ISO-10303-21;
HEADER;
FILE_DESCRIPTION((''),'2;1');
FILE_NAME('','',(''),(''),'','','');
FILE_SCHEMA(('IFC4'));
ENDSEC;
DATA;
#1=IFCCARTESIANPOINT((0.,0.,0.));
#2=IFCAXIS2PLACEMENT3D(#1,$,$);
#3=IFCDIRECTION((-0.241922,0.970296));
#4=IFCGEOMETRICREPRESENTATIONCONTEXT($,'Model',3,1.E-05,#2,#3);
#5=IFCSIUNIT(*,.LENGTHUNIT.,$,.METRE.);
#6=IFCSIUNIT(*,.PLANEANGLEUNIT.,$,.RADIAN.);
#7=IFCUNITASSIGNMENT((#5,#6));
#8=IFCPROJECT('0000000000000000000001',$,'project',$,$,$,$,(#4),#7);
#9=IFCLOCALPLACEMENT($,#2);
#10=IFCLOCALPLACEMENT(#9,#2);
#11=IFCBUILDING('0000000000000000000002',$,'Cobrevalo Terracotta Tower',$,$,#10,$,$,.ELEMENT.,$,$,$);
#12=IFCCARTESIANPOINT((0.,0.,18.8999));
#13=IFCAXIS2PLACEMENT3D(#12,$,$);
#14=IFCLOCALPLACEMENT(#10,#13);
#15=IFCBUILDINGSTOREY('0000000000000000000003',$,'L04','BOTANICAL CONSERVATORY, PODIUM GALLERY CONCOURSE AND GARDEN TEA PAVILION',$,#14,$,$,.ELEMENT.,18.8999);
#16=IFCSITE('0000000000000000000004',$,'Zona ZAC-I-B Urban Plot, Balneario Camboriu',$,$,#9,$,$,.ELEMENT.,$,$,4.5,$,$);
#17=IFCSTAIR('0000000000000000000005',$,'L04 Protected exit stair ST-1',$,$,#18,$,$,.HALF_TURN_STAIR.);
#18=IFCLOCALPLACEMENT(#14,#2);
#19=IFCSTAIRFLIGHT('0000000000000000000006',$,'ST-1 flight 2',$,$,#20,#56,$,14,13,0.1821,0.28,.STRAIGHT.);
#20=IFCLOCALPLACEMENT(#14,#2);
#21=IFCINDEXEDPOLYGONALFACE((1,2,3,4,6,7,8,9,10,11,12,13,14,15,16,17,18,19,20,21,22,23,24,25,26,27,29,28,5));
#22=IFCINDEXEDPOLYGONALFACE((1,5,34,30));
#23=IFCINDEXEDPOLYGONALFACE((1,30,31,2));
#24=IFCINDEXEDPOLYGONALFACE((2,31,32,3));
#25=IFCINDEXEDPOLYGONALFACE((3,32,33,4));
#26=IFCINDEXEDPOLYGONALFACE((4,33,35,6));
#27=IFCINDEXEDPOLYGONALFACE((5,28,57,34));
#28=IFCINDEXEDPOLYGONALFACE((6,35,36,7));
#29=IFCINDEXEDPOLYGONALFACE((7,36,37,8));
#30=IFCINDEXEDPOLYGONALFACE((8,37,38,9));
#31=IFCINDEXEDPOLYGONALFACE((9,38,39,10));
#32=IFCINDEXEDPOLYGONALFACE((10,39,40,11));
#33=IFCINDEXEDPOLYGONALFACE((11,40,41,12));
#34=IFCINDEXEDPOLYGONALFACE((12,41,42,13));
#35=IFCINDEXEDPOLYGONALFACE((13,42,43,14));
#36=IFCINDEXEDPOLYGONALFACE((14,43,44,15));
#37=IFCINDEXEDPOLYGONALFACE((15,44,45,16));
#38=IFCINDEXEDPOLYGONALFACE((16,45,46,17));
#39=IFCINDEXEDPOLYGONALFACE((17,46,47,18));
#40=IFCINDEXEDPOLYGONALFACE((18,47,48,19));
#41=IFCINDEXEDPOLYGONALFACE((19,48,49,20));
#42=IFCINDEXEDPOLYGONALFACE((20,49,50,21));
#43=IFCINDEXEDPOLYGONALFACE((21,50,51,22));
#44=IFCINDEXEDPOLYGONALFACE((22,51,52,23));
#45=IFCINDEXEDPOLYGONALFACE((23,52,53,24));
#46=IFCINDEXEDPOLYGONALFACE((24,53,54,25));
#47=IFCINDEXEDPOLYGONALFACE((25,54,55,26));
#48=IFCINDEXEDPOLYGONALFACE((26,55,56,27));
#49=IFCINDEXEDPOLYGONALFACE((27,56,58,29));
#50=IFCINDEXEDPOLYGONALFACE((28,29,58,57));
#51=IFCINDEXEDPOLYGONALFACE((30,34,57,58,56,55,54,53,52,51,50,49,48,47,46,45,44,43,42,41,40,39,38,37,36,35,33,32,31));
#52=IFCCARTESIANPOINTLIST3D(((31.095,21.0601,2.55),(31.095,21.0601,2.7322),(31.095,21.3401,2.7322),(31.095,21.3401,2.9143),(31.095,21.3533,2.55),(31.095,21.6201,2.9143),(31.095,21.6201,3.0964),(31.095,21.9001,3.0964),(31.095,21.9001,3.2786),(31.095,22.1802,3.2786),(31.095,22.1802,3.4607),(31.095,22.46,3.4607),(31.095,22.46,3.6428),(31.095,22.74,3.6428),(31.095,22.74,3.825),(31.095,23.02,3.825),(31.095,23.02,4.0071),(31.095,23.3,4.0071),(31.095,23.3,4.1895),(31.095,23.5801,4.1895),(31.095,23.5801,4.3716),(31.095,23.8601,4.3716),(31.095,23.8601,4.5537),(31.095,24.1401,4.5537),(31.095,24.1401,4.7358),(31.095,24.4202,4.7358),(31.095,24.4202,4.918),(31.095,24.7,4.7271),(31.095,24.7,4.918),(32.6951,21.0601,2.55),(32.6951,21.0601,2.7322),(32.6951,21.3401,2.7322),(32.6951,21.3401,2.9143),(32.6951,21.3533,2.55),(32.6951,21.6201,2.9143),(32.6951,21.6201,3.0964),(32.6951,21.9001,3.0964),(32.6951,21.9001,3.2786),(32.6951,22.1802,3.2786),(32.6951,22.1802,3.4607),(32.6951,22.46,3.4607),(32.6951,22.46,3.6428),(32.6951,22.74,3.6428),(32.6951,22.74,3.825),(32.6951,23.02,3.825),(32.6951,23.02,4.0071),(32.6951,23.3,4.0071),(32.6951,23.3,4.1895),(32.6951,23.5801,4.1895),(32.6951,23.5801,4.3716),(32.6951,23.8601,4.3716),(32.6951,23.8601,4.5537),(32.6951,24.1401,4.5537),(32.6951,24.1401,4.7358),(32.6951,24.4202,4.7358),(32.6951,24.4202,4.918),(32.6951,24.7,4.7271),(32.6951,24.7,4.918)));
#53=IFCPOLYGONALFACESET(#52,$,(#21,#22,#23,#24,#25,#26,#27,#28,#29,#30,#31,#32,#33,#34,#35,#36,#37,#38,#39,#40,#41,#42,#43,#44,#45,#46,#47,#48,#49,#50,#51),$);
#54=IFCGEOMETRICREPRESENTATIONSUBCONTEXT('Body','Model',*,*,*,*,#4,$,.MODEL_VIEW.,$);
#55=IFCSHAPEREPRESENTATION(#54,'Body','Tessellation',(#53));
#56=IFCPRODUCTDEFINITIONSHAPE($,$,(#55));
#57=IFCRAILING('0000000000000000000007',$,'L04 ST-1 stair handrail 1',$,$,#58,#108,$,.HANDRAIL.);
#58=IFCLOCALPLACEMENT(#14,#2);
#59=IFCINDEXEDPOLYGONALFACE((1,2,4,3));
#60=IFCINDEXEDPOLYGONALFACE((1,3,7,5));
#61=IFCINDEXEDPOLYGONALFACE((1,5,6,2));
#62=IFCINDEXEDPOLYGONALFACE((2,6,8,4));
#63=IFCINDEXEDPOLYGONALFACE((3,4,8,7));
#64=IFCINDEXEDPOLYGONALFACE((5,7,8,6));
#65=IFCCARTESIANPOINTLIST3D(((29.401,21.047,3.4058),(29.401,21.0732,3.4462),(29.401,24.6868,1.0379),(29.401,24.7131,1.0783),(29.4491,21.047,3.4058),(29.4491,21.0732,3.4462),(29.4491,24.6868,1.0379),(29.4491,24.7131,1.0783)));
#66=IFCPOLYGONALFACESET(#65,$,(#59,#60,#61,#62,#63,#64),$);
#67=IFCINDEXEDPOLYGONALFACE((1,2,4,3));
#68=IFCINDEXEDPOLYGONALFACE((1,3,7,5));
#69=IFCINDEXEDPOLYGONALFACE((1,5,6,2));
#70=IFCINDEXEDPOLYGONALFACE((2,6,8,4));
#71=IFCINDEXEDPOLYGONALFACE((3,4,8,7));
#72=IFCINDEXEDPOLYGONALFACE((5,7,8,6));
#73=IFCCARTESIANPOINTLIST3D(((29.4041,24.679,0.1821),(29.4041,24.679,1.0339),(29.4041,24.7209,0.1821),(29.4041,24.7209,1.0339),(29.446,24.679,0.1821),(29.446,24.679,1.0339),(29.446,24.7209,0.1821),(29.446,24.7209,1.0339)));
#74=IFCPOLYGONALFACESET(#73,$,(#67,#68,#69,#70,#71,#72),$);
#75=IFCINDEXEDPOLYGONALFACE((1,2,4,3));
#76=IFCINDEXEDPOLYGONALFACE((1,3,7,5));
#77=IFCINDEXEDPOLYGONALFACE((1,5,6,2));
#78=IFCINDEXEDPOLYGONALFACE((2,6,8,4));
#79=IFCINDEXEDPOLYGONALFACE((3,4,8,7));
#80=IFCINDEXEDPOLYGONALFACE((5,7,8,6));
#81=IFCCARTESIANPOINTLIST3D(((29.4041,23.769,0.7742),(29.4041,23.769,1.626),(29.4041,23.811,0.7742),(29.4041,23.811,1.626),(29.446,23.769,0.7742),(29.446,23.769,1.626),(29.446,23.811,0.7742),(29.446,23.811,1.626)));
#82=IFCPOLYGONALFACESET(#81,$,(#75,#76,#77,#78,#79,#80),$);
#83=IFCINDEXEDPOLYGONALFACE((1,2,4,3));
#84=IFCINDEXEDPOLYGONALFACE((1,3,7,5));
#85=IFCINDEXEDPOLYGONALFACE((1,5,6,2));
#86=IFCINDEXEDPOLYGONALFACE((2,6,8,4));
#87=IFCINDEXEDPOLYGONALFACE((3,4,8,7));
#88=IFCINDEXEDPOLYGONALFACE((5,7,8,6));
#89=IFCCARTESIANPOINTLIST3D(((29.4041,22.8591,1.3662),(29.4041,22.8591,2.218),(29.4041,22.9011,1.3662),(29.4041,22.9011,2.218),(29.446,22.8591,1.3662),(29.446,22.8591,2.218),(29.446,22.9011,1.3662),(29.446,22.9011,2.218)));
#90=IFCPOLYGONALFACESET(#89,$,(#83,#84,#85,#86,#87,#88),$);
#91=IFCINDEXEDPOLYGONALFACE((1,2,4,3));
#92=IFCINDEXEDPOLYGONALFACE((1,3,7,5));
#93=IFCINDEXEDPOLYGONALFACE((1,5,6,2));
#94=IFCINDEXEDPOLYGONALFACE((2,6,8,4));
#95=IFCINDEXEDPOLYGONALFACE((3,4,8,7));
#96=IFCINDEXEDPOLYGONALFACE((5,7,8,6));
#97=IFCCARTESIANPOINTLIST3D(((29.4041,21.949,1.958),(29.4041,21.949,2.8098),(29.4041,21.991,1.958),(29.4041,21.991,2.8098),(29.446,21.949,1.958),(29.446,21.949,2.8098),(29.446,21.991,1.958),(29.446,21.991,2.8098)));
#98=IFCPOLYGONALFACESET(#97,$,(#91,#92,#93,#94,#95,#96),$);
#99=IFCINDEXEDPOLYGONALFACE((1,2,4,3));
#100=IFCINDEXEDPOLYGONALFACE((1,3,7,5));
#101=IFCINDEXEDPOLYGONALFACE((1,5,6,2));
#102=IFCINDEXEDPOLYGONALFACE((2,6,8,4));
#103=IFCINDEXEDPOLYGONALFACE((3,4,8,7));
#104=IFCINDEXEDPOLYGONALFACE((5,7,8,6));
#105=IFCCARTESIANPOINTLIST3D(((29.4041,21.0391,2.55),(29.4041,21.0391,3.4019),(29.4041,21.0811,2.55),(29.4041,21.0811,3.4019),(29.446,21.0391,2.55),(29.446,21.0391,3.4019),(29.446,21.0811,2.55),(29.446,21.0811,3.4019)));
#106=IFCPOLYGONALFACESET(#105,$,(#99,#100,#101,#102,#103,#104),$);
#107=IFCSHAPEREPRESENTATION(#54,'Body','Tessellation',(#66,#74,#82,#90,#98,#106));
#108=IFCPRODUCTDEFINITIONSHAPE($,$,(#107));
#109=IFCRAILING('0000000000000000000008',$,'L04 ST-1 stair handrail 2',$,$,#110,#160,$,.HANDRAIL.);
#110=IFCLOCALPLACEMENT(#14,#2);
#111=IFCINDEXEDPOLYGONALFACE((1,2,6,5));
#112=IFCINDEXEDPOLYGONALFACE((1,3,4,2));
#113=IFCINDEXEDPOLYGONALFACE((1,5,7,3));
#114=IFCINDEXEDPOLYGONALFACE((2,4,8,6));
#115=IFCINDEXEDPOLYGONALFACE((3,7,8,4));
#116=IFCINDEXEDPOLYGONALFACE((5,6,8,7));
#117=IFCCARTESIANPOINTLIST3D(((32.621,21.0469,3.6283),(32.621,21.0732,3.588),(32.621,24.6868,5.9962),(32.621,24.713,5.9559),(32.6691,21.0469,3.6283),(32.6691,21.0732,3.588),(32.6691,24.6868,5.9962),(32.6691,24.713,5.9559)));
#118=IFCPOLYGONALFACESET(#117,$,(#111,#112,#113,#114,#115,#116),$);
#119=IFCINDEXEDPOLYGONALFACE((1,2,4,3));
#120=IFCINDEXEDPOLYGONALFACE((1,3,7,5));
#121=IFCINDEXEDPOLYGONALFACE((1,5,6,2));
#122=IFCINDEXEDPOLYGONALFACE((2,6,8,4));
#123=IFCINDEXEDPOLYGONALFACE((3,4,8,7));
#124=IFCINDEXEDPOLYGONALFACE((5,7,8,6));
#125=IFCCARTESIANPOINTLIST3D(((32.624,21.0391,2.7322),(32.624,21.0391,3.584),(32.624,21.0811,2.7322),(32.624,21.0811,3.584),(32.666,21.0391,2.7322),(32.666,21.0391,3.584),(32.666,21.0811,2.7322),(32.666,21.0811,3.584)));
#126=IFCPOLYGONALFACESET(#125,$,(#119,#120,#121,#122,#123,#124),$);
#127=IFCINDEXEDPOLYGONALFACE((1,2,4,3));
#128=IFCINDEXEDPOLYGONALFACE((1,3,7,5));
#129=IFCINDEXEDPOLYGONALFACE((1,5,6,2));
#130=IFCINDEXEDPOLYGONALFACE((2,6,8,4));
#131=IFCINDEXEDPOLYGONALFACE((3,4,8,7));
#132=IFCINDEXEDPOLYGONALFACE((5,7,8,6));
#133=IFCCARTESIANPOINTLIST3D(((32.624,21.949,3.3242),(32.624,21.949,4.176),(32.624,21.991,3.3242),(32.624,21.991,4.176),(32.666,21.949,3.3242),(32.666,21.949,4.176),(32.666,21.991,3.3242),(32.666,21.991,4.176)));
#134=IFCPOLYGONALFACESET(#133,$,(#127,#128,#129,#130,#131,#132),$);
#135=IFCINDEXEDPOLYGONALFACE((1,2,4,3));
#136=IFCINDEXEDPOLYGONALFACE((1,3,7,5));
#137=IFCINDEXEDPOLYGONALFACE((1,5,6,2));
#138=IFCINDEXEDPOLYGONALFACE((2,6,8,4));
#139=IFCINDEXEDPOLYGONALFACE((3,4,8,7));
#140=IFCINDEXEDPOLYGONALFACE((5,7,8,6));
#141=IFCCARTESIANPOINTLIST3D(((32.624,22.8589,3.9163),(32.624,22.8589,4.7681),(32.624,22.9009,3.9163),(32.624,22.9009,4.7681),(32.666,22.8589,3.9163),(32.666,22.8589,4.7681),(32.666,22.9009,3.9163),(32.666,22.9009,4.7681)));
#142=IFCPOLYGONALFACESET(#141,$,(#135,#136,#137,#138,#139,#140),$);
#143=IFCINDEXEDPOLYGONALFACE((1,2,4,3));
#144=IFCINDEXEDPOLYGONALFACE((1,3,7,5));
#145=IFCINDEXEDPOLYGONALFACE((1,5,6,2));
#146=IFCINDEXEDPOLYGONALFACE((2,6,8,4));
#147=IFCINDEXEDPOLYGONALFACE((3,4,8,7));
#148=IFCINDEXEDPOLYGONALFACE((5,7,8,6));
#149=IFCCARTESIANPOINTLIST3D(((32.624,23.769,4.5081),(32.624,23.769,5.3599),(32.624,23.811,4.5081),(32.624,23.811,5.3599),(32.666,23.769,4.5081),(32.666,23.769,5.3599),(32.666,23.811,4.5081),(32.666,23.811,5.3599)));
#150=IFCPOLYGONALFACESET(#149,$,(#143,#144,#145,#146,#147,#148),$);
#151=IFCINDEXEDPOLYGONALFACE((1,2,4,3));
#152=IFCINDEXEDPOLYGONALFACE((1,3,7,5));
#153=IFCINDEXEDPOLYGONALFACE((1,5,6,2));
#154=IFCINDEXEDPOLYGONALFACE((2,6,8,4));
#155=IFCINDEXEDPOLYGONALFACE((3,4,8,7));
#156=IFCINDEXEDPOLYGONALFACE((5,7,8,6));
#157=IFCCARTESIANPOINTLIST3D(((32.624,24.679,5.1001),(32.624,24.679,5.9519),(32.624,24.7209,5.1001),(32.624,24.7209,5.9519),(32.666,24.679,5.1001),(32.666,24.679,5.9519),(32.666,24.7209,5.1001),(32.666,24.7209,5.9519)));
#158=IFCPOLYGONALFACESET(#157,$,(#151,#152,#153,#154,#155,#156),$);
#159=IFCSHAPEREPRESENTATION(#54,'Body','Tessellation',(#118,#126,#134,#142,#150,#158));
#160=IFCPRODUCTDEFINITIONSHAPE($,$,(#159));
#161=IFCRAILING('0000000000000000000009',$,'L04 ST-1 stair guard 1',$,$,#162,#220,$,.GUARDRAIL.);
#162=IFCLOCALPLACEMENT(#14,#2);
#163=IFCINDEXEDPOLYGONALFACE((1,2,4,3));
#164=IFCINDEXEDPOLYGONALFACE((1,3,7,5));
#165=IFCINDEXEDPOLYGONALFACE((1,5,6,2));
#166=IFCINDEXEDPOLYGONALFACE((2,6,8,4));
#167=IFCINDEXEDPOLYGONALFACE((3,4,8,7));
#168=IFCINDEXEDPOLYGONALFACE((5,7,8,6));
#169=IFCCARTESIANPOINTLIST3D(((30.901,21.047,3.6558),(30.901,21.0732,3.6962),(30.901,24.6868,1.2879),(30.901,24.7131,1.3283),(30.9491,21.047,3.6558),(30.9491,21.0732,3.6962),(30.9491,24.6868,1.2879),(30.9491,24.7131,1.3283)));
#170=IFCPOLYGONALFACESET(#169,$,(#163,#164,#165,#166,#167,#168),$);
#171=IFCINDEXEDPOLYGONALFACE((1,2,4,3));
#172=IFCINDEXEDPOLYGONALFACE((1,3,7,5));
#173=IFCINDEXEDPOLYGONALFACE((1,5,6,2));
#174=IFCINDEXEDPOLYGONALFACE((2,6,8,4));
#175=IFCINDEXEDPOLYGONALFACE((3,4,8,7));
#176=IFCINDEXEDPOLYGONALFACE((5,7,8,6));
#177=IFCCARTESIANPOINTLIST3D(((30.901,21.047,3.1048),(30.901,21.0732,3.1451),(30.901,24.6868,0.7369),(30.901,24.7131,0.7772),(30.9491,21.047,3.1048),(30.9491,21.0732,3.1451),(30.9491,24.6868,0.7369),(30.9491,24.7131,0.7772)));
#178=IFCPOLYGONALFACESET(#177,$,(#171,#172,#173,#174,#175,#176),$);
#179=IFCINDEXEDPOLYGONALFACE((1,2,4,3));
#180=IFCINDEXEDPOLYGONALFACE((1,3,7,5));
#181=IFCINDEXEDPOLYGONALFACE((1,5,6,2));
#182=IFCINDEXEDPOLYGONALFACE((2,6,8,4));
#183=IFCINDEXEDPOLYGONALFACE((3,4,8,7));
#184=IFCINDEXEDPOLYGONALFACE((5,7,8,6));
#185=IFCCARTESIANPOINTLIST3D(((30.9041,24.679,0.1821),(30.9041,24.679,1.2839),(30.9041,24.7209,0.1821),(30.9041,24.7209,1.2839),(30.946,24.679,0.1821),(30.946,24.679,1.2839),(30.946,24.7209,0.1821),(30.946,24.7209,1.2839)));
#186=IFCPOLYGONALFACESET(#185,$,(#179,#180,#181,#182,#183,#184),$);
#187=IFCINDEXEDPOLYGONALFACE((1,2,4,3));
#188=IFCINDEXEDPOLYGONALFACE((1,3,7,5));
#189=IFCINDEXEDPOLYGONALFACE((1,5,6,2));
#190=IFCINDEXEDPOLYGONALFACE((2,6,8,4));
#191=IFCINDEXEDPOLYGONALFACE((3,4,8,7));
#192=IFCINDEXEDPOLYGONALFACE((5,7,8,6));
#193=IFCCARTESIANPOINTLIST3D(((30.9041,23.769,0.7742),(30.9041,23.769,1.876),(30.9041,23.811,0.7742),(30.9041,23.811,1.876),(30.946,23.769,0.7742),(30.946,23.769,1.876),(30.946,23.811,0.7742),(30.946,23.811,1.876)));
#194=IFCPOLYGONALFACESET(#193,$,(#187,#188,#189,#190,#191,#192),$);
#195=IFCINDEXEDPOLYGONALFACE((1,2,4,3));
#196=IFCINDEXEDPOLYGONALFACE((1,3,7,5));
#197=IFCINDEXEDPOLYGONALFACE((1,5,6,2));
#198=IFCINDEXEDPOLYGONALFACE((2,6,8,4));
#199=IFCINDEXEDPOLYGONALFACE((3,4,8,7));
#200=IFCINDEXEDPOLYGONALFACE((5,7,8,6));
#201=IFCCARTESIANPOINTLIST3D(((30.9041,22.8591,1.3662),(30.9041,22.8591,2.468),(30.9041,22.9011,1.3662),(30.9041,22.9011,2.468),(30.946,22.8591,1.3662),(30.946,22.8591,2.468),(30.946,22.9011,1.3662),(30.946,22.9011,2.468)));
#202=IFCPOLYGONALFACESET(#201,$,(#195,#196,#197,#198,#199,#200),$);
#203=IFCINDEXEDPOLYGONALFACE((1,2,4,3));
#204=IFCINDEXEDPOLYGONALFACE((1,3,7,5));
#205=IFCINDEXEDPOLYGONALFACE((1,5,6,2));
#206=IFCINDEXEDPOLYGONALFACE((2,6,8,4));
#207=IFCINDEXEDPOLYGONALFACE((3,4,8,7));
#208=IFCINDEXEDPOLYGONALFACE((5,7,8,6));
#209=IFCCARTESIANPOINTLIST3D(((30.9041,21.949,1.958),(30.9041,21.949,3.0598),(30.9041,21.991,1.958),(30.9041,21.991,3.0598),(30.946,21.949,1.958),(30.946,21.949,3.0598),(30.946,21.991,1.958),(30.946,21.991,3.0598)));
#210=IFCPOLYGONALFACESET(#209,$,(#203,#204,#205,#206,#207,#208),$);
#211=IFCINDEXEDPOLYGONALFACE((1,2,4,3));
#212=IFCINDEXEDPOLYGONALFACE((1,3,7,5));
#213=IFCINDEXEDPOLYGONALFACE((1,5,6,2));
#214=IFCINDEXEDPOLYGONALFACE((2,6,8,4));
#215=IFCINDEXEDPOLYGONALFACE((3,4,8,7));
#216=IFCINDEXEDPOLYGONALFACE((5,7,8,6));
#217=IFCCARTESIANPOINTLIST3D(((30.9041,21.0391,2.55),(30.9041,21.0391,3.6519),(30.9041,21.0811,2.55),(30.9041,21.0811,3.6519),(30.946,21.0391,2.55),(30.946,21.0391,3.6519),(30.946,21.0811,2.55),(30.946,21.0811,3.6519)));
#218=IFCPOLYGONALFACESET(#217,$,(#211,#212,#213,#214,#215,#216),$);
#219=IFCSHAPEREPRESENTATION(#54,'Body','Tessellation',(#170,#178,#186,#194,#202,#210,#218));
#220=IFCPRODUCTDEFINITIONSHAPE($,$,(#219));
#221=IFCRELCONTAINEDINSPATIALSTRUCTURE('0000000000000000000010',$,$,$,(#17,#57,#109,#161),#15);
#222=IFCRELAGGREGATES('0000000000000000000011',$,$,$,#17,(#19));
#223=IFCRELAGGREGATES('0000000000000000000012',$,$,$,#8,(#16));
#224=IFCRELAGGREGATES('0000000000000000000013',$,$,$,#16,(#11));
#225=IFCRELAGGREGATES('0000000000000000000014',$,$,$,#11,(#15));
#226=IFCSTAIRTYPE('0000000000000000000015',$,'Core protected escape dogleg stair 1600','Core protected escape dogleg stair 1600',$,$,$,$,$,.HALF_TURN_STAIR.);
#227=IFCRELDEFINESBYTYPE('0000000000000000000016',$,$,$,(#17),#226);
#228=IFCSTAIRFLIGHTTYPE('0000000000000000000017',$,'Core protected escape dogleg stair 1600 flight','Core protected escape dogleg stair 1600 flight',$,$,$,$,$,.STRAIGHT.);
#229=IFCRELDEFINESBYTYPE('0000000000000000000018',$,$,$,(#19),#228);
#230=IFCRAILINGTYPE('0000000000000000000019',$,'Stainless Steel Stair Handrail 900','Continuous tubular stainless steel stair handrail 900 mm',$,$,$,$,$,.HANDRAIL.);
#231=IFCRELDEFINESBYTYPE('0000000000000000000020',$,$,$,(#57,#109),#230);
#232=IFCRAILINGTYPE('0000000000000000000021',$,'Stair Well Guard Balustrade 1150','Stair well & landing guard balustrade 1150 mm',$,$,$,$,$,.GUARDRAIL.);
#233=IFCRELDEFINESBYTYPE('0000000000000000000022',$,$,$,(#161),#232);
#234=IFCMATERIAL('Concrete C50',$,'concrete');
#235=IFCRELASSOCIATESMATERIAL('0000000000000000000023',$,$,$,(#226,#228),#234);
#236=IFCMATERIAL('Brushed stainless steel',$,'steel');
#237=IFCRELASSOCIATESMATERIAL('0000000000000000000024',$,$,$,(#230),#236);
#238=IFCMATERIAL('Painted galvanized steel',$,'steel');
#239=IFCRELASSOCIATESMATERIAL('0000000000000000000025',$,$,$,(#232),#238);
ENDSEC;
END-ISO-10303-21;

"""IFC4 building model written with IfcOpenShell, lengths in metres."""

from ifc_helpers import new_model, si_unit, direction, frame, origin, origin_2d, place, context, subcontext, project, spatial, polyline, rectangle, outline, extrude, material, type_object, element, aggregate, save


model = new_model("IFC4")

# Units and contexts
model_context = context("Model", 3, precision=1e-05, world=origin(), true_north=direction((-0.241922, 0.970296)))
body_context = subcontext(model_context, "Body", "Model", "MODEL_VIEW")
ifc_project = project(units=[si_unit("LENGTHUNIT", "METRE"), si_unit("PLANEANGLEUNIT", "RADIAN")], contexts=[model_context])

# Site, building, storey
site_placement = place(None, origin())
site = spatial("IfcSite", under=ifc_project, at=site_placement, Name="Zona ZAC-I-B Urban Plot, Balneario Camboriu", CompositionType="ELEMENT", RefElevation=4.5)
building_placement = place(site_placement, origin())
building = spatial("IfcBuilding", under=site, at=building_placement, Name="Cobrevalo Terracotta Tower", CompositionType="ELEMENT")
storey_placement = place(building_placement, frame((0.0, 0.0, 18.8999)))
storey = spatial("IfcBuildingStorey", under=building, at=storey_placement, Name="L04", Description="BOTANICAL CONSERVATORY, PODIUM GALLERY CONCOURSE AND GARDEN TEA PAVILION", CompositionType="ELEMENT", Elevation=18.8999)

# Shared definitions
ifc_material_1 = material(Name="Concrete C50", Category="concrete")

# Stair, stair flight
stair_type = type_object("IfcStairType", Name="Core protected escape dogleg stair 1600", Description="Core protected escape dogleg stair 1600", PredefinedType="HALF_TURN_STAIR", material=ifc_material_1)
stair_placement = place(storey_placement, origin())
stair = element("IfcStair", 1, at=stair_placement, inside=storey, type_object=stair_type, Name="L04 Protected exit stair ST-1", PredefinedType="HALF_TURN_STAIR")
stair_flight_type = type_object("IfcStairFlightType", Name="Core protected escape dogleg stair 1600 flight", Description="Core protected escape dogleg stair 1600 flight", PredefinedType="STRAIGHT", material=ifc_material_1)
stair_flight_1_placement = place(storey_placement, frame((31.895, 21.0601, 2.55), z_axis=(0.0, 0.0, 1.0), x_axis=(0.0, 1.0, 0.0)))
stair_flight_1 = element("IfcStairFlight", 2, at=stair_flight_1_placement, type_object=stair_flight_type, Name="ST-1 flight 2", NumberOfRisers=14, NumberOfTreads=13, PredefinedType="STRAIGHT", RiserHeight=0.1821, TreadLength=0.28, context=body_context, shape_type="SweptSolid", body=[
    extrude(outline(polyline([(0.0, 0.0), (0.0, 0.1821), (0.28, 0.1821), (0.28, 0.3643), (0.5601, 0.3643), (0.5601, 0.5464), (0.8401, 0.5464), (0.8401, 0.7285), (1.1201, 0.7285), (1.1201, 0.9106), (1.3999, 0.9106), (1.3999, 1.0928), (1.6799, 1.0928), (1.6799, 1.2749), (1.96, 1.2749), (1.96, 1.457), (2.24, 1.457), (2.24, 1.6394), (2.52, 1.6394), (2.52, 1.8215), (2.8, 1.8215), (2.8, 2.0037), (3.0801, 2.0037), (3.0801, 2.1858), (3.3601, 2.1858), (3.3601, 2.3679), (3.6399, 2.3679), (3.6399, 2.55), (3.6399, 2.177), (0.2932, 0.0), (0.0, 0.0)])), frame((0.0, 0.8, 0.0), z_axis=(0.0, -1.0, 0.0), x_axis=(1.0, 0.0, 0.0)), (0.0, 0.0, 1.0), 1.6001),
])
aggregate(stair, [stair_flight_1])

# Railings
ifc_material_2 = material(Name="Brushed stainless steel", Category="steel")
railing_type_1 = type_object("IfcRailingType", Name="Stainless Steel Stair Handrail 900", Description="Continuous tubular stainless steel stair handrail 900 mm", PredefinedType="HANDRAIL", material=ifc_material_2)
railing_1_placement = place(storey_placement, frame((29.425, 24.7, 0.1821)))
element("IfcRailing", 3, at=railing_1_placement, inside=storey, type_object=railing_type_1, Name="L04 ST-1 stair handrail 1", PredefinedType="HANDRAIL", context=body_context, shape_type="SweptSolid", body=[
    extrude(rectangle(XDim=0.0481, YDim=0.0481, at=origin_2d()), frame((0.0, 0.0, 0.876), z_axis=(0.0, -0.838234, 0.54531), x_axis=(1.0, 0.0, 0.0)), (0.0, 0.0, 1.0), 4.3423),
    extrude(rectangle(XDim=0.042, YDim=0.042, at=origin_2d()), origin(), (0.0, 0.0, 1.0), 0.8518),
    extrude(rectangle(XDim=0.042, YDim=0.042, at=origin_2d()), frame((0.0, -0.9099, 0.592)), (0.0, 0.0, 1.0), 0.8518),
    extrude(rectangle(XDim=0.042, YDim=0.042, at=origin_2d()), frame((0.0, -1.8198, 1.1841)), (0.0, 0.0, 1.0), 0.8518),
    extrude(rectangle(XDim=0.042, YDim=0.042, at=origin_2d()), frame((0.0, -2.73, 1.7759)), (0.0, 0.0, 1.0), 0.8518),
    extrude(rectangle(XDim=0.042, YDim=0.042, at=origin_2d()), frame((0.0, -3.6399, 2.3679)), (0.0, 0.0, 1.0), 0.8518),
])
railing_2_placement = place(storey_placement, frame((32.645, 21.0601, 2.7322)))
element("IfcRailing", 4, at=railing_2_placement, inside=storey, type_object=railing_type_1, Name="L04 ST-1 stair handrail 2", PredefinedType="HANDRAIL", context=body_context, shape_type="SweptSolid", body=[
    extrude(rectangle(XDim=0.0481, YDim=0.0481, at=origin_2d()), frame((0.0, 0.0, 0.876), z_axis=(0.0, 0.838234, 0.54531), x_axis=(-1.0, 0.0, 0.0)), (0.0, 0.0, 1.0), 4.3423),
    extrude(rectangle(XDim=0.042, YDim=0.042, at=origin_2d()), origin(), (0.0, 0.0, 1.0), 0.8518),
    extrude(rectangle(XDim=0.042, YDim=0.042, at=origin_2d()), frame((0.0, 0.9099, 0.592)), (0.0, 0.0, 1.0), 0.8518),
    extrude(rectangle(XDim=0.042, YDim=0.042, at=origin_2d()), frame((0.0, 1.8198, 1.1841)), (0.0, 0.0, 1.0), 0.8518),
    extrude(rectangle(XDim=0.042, YDim=0.042, at=origin_2d()), frame((0.0, 2.73, 1.7759)), (0.0, 0.0, 1.0), 0.8518),
    extrude(rectangle(XDim=0.042, YDim=0.042, at=origin_2d()), frame((0.0, 3.6399, 2.3679)), (0.0, 0.0, 1.0), 0.8518),
])
ifc_material_3 = material(Name="Painted galvanized steel", Category="steel")
railing_type_2 = type_object("IfcRailingType", Name="Stair Well Guard Balustrade 1150", Description="Stair well & landing guard balustrade 1150 mm", PredefinedType="GUARDRAIL", material=ifc_material_3)
railing_3_placement = place(storey_placement, frame((30.925, 24.7, 0.1821)))
element("IfcRailing", 5, at=railing_3_placement, inside=storey, type_object=railing_type_2, Name="L04 ST-1 stair guard 1", PredefinedType="GUARDRAIL", context=body_context, shape_type="SweptSolid", body=[
    extrude(rectangle(XDim=0.0481, YDim=0.0481, at=origin_2d()), frame((0.0, 0.0, 1.126), z_axis=(0.0, -0.838234, 0.54531), x_axis=(1.0, 0.0, 0.0)), (0.0, 0.0, 1.0), 4.3423),
    extrude(rectangle(XDim=0.0481, YDim=0.0481, at=origin_2d()), frame((0.0, 0.0, 0.575), z_axis=(0.0, -0.838234, 0.54531), x_axis=(1.0, 0.0, 0.0)), (0.0, 0.0, 1.0), 4.3423),
    extrude(rectangle(XDim=0.042, YDim=0.042, at=origin_2d()), origin(), (0.0, 0.0, 1.0), 1.1018),
    extrude(rectangle(XDim=0.042, YDim=0.042, at=origin_2d()), frame((0.0, -0.9099, 0.592)), (0.0, 0.0, 1.0), 1.1018),
    extrude(rectangle(XDim=0.042, YDim=0.042, at=origin_2d()), frame((0.0, -1.8198, 1.1841)), (0.0, 0.0, 1.0), 1.1018),
    extrude(rectangle(XDim=0.042, YDim=0.042, at=origin_2d()), frame((0.0, -2.73, 1.7759)), (0.0, 0.0, 1.0), 1.1018),
    extrude(rectangle(XDim=0.042, YDim=0.042, at=origin_2d()), frame((0.0, -3.6399, 2.3679)), (0.0, 0.0, 1.0), 1.1018),
])

save(model, "model.ifc")
